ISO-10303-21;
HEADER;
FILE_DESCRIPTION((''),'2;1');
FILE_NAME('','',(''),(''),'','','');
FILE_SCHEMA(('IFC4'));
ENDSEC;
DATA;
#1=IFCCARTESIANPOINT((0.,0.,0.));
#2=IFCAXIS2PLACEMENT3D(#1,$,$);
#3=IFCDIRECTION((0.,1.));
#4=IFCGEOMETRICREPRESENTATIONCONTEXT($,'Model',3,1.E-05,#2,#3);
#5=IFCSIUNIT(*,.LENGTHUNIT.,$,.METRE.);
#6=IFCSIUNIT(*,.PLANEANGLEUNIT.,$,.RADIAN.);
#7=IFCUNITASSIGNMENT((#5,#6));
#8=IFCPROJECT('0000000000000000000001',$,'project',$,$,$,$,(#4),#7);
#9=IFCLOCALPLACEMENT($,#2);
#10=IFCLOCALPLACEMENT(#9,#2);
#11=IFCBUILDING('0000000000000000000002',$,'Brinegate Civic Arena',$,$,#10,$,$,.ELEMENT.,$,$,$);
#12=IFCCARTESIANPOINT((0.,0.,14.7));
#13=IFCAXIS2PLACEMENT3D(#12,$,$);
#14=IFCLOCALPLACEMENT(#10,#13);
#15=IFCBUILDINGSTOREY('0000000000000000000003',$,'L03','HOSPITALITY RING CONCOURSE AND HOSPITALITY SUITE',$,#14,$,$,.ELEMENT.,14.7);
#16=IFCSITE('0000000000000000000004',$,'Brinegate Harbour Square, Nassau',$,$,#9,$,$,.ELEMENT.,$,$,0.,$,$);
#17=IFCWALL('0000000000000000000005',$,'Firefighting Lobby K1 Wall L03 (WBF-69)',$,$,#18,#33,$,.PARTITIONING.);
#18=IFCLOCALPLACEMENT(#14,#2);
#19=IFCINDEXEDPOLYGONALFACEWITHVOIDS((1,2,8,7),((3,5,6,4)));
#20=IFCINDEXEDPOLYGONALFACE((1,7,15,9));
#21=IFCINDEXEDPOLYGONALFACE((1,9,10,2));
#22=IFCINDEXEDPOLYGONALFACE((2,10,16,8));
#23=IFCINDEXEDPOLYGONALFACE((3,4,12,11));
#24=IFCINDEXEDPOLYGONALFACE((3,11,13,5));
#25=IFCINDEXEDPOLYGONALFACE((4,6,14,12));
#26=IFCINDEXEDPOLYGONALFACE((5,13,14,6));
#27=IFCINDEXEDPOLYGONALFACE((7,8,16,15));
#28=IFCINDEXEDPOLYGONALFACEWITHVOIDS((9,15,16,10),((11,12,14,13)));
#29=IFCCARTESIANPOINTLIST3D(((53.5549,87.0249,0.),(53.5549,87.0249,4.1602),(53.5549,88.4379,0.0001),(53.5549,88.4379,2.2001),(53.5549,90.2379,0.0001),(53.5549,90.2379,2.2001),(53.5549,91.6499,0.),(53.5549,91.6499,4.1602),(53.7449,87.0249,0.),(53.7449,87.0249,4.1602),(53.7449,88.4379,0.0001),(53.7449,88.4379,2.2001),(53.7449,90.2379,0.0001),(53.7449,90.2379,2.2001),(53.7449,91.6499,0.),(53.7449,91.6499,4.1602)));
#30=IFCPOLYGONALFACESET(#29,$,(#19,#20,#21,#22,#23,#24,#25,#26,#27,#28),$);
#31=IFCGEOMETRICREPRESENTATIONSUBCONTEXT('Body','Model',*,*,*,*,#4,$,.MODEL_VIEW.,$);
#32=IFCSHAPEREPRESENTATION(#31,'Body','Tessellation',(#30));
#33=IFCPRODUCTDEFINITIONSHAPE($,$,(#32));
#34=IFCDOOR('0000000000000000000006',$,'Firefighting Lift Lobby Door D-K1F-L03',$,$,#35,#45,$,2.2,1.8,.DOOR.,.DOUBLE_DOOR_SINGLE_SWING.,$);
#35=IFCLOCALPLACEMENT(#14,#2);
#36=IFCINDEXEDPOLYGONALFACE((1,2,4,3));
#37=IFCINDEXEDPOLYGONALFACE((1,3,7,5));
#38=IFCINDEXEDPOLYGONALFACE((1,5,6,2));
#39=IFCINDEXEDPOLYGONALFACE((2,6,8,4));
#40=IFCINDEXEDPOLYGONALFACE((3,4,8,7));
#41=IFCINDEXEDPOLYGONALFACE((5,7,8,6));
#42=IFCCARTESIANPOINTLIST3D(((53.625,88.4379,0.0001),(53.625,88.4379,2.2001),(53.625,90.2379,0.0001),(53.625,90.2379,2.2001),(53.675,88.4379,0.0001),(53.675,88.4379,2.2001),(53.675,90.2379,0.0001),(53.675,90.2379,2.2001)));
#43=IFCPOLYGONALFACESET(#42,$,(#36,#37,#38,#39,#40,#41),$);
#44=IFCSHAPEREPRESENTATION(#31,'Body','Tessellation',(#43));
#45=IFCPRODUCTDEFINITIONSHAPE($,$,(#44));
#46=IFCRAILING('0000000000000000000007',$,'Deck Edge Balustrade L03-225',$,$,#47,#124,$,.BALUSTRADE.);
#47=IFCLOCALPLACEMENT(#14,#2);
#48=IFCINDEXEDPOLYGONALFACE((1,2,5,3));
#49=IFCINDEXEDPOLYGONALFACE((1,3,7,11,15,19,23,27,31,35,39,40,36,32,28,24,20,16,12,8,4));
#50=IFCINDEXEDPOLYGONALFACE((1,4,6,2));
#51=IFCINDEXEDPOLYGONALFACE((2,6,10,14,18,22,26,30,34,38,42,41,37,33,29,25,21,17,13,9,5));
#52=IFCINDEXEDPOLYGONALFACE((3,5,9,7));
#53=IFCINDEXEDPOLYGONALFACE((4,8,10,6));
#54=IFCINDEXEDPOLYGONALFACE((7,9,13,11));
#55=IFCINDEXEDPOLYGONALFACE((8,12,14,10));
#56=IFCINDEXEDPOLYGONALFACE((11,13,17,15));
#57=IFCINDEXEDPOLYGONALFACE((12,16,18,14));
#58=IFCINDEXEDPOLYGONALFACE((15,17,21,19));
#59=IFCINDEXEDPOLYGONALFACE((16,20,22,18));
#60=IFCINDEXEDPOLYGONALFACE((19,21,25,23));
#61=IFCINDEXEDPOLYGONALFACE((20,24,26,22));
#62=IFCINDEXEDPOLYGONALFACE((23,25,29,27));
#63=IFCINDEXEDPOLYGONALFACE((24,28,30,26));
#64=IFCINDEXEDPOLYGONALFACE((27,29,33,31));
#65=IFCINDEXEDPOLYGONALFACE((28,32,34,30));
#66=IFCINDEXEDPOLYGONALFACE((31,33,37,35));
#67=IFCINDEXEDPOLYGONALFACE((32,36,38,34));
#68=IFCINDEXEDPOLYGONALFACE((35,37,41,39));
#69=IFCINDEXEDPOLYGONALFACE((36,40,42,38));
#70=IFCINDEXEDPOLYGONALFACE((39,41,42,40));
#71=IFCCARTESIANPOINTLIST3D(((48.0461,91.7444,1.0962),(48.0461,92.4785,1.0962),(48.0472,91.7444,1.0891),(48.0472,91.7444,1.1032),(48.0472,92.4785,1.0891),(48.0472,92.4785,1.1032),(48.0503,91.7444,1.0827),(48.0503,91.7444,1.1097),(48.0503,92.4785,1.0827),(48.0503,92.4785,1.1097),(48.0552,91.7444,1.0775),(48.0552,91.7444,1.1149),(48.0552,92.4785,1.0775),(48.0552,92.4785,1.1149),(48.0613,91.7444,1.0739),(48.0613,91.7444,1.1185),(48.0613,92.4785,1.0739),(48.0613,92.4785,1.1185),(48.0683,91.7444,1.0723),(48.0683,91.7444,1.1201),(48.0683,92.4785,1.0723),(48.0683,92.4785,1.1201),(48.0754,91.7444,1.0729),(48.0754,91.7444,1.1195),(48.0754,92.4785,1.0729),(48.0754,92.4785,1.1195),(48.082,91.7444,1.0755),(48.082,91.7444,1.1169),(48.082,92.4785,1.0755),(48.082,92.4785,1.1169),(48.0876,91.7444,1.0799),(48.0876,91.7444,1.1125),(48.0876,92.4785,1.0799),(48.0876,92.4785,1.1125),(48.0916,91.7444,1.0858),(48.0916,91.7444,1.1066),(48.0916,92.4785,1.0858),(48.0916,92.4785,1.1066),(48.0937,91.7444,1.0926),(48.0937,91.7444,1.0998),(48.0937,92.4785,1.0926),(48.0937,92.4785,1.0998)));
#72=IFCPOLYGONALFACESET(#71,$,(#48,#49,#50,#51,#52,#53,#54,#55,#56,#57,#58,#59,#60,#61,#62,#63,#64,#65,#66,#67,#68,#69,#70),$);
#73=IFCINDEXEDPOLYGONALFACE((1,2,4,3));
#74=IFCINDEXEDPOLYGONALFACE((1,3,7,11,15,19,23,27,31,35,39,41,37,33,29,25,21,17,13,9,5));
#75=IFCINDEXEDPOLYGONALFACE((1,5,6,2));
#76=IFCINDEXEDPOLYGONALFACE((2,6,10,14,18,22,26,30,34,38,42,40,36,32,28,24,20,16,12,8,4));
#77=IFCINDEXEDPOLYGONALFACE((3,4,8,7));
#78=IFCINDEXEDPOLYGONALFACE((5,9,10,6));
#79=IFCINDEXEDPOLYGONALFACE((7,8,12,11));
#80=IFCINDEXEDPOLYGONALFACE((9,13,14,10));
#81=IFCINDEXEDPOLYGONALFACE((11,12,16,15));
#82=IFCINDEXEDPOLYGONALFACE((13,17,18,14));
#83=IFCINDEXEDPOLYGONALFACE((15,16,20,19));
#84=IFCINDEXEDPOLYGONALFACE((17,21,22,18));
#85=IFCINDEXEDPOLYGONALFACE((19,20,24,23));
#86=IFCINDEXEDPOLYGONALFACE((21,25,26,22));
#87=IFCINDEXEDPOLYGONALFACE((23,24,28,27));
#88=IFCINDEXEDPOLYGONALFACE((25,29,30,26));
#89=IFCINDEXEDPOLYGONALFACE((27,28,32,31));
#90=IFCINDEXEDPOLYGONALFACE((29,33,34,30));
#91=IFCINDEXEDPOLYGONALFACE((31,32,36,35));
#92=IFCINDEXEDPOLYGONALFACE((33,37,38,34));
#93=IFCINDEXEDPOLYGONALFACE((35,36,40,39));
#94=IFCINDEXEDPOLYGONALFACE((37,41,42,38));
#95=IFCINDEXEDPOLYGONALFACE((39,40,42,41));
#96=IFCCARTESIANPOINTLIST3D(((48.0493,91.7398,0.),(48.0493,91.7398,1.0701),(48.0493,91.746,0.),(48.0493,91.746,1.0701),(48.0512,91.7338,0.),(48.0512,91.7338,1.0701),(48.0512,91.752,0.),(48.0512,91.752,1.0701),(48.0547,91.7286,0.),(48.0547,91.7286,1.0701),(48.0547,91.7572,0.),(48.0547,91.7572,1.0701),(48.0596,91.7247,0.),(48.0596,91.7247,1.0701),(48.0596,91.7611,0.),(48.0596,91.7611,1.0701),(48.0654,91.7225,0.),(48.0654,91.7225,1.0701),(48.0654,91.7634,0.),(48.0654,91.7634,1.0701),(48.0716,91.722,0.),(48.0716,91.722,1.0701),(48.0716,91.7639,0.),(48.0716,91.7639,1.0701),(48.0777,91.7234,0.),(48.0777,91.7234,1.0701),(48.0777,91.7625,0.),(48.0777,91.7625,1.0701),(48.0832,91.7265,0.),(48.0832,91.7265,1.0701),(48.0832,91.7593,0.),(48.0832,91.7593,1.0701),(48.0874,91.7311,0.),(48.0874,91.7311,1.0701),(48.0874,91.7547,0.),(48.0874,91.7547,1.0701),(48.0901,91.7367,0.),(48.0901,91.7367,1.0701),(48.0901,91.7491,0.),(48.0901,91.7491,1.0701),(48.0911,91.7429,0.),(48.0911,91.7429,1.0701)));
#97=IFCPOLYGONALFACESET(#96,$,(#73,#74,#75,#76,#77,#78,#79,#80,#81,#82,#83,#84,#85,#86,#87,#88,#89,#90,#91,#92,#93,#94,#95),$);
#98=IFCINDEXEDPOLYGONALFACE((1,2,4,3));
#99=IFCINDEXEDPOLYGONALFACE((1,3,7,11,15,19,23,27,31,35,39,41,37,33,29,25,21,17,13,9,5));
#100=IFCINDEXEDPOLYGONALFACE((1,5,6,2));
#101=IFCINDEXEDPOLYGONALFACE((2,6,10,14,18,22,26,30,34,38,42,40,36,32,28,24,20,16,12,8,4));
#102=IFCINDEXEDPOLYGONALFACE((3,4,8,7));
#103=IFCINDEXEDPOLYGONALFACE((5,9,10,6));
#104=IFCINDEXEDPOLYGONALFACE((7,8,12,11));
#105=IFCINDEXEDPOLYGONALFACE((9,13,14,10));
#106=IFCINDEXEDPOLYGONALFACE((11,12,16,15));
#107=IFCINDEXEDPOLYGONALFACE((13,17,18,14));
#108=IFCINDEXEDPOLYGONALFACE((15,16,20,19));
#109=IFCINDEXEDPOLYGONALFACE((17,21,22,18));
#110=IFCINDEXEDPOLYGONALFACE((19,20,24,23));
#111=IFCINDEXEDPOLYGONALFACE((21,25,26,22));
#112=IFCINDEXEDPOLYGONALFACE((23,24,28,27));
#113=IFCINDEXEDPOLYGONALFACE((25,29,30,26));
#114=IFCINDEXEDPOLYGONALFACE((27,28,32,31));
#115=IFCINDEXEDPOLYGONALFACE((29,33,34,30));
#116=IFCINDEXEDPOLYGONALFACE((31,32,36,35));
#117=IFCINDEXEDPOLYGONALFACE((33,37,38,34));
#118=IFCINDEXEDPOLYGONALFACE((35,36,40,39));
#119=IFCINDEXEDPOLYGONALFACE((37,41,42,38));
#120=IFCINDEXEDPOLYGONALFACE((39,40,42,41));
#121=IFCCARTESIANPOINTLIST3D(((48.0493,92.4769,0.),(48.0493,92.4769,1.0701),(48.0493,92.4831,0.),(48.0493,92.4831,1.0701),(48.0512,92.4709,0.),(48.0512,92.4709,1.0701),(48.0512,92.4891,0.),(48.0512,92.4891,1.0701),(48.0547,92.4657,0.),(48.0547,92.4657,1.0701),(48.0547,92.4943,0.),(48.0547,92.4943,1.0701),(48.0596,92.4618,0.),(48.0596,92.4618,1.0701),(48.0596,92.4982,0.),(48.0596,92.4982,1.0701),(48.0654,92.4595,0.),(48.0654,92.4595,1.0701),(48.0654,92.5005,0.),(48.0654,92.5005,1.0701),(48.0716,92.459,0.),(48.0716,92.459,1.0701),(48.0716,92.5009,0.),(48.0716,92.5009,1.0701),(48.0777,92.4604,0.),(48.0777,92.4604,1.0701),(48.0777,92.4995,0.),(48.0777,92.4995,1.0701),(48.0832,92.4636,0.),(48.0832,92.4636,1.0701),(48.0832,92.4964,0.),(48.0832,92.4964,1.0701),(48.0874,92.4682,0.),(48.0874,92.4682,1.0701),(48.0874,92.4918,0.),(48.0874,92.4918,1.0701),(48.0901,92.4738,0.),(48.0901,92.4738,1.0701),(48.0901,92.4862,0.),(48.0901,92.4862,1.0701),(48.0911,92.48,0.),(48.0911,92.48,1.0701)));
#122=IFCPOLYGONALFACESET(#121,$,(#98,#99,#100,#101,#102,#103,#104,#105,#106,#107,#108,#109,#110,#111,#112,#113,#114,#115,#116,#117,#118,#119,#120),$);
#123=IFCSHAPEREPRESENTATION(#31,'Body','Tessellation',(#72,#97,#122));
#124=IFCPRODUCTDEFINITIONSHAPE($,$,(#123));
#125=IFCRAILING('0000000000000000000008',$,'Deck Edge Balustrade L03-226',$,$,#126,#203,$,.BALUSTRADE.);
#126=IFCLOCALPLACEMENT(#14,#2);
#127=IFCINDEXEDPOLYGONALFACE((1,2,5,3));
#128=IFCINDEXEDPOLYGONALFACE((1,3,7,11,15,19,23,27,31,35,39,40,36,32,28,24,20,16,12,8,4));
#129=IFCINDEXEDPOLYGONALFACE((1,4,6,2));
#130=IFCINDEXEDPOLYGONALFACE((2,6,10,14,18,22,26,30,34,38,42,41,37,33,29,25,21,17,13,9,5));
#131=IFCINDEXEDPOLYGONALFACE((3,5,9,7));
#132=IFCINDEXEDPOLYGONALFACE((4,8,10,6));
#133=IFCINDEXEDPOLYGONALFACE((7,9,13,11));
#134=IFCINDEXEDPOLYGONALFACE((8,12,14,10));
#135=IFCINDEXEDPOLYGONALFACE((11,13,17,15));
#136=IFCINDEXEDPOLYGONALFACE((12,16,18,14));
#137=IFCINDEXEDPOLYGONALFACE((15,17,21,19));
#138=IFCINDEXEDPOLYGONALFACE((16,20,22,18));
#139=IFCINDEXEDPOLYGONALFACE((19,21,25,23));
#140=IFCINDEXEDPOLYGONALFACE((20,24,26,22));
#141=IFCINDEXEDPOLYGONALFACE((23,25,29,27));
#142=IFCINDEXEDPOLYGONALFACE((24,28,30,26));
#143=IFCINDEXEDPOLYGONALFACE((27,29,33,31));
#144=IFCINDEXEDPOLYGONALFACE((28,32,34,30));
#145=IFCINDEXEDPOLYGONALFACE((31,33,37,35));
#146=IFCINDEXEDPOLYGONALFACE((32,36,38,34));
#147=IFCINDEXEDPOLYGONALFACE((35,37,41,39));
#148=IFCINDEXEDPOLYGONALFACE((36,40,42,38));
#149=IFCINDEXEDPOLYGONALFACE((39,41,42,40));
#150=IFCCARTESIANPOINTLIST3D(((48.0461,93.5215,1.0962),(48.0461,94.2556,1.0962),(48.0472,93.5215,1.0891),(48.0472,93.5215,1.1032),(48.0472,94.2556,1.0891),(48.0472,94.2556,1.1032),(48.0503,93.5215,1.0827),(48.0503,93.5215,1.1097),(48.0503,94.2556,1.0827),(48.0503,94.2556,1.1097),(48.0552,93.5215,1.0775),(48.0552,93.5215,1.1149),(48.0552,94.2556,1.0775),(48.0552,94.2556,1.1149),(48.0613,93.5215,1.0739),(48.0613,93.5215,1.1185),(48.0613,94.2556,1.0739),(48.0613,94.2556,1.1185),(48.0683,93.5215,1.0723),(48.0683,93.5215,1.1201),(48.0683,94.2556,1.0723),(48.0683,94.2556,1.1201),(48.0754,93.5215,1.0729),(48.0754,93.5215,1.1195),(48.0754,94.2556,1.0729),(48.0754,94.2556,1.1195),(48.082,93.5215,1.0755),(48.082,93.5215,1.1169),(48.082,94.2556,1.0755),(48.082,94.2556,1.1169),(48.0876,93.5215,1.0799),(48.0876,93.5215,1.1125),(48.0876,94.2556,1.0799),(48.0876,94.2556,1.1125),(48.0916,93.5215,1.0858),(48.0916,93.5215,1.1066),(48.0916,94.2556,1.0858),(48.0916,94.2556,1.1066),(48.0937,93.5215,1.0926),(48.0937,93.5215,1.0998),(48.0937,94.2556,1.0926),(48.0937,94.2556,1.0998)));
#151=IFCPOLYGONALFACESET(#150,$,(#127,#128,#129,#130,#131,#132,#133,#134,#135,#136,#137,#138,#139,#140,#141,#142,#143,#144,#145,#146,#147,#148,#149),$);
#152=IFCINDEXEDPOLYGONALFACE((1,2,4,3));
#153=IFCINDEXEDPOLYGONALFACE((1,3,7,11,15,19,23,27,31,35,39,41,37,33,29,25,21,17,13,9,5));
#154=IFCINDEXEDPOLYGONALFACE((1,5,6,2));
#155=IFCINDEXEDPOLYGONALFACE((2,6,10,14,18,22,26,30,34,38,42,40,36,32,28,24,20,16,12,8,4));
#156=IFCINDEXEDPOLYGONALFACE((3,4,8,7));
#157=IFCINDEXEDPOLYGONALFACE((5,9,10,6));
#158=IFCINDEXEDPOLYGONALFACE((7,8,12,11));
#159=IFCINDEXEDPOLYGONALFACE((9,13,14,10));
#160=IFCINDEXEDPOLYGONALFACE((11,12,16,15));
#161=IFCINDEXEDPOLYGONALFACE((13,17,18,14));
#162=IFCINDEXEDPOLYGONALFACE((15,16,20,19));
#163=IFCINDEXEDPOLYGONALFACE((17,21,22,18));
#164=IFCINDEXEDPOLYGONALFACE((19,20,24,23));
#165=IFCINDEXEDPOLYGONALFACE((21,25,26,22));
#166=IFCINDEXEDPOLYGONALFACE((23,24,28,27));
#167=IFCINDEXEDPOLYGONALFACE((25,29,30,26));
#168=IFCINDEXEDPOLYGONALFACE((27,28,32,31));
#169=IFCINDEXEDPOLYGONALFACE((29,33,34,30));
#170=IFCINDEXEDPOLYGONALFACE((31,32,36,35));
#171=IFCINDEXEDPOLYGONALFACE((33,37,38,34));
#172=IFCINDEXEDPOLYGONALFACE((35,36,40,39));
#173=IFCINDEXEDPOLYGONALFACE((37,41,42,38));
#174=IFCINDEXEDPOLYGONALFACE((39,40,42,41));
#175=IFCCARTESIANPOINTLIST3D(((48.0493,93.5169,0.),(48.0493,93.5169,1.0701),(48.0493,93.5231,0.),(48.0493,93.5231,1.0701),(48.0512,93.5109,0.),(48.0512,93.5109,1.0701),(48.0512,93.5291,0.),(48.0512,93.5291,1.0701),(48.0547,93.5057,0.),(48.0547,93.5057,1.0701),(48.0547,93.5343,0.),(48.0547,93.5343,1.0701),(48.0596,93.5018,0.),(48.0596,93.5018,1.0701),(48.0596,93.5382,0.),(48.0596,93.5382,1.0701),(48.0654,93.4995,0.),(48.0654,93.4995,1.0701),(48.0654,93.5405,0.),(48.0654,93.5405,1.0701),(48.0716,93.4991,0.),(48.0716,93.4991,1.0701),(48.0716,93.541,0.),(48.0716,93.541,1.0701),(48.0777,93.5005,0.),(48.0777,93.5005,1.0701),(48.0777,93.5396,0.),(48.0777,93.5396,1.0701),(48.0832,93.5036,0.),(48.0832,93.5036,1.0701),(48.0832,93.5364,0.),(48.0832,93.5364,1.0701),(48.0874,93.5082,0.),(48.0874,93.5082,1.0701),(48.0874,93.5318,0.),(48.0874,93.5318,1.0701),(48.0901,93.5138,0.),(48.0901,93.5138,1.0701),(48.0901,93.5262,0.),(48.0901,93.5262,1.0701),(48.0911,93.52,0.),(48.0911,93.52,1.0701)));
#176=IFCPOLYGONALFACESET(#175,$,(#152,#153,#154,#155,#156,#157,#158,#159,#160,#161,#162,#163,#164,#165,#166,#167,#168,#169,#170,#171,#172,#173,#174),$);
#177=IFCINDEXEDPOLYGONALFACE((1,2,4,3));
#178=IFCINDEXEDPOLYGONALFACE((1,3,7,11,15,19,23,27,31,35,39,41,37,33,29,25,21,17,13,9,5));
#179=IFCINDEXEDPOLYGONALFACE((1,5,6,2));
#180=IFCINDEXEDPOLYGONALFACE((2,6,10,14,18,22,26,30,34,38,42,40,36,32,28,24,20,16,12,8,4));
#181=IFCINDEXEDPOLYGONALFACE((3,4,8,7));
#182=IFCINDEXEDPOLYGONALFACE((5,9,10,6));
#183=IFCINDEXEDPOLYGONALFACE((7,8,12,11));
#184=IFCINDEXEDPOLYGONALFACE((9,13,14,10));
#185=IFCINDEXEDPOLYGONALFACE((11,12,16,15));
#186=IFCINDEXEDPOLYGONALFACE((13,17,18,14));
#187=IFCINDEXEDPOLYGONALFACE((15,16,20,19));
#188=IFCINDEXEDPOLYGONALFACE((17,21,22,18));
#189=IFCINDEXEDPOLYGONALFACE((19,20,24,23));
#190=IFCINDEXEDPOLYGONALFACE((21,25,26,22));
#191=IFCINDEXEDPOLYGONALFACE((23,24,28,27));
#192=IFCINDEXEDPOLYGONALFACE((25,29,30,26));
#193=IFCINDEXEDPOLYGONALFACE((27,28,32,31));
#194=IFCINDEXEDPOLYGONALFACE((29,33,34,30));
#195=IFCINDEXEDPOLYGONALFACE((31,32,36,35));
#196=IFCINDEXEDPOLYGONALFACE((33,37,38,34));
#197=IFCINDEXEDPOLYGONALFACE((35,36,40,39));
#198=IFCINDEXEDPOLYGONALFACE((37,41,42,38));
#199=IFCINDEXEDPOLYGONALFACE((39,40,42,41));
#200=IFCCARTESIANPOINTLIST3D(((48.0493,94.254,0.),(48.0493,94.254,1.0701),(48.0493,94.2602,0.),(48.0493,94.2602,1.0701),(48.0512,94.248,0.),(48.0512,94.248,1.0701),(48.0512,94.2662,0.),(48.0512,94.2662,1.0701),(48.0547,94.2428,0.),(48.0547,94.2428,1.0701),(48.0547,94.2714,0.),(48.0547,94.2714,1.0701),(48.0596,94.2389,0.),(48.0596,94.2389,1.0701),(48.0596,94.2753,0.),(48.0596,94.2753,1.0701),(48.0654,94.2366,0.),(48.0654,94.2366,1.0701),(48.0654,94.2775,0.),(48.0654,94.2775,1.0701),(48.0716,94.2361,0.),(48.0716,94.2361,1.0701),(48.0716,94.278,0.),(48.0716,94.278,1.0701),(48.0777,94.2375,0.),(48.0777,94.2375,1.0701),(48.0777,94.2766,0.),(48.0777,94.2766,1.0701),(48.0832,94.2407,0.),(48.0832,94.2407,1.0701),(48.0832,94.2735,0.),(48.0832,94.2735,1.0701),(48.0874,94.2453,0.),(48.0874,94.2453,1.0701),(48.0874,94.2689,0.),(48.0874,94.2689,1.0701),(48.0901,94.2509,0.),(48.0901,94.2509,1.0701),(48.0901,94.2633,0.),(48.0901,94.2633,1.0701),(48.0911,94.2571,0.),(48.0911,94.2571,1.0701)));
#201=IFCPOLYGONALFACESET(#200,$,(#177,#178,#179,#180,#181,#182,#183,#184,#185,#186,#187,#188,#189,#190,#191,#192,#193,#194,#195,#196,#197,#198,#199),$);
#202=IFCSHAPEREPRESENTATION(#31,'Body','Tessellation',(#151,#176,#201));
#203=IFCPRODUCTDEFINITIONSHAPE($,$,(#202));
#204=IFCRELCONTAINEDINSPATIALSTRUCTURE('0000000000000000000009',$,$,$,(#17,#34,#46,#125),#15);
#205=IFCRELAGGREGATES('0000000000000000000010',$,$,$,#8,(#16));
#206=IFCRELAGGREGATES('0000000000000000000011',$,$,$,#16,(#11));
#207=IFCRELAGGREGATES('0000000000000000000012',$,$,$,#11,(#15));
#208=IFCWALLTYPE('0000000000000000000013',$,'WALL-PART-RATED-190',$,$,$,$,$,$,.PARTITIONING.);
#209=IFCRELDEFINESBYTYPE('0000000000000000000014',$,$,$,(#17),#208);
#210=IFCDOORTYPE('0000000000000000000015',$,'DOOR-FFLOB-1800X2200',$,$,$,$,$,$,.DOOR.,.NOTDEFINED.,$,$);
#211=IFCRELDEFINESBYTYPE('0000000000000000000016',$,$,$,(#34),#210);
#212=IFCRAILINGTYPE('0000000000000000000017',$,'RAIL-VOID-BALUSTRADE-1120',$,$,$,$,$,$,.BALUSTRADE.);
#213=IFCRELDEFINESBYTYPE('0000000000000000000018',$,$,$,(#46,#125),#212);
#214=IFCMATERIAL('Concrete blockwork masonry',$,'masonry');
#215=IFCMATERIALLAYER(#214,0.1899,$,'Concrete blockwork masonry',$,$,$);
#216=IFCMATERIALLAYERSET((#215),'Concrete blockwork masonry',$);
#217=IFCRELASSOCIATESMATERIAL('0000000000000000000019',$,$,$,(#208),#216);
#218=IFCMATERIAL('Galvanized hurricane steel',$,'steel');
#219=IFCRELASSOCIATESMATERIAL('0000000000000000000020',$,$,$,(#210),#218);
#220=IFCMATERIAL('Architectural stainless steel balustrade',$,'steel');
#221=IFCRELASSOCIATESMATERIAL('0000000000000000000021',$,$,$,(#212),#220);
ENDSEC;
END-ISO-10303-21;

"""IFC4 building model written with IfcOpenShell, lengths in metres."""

from ifc_helpers import new_model, si_unit, direction, frame, frame_2d, origin, origin_2d, place, context, subcontext, project, spatial, rectangle, circle, extrude, material, layer, layer_set, type_object, element, fill, save


model = new_model("IFC4")

# Units and contexts
model_context = context("Model", 3, precision=1e-05, world=origin(), true_north=direction((0.0, 1.0)))
body_context = subcontext(model_context, "Body", "Model", "MODEL_VIEW")
ifc_project = project(units=[si_unit("LENGTHUNIT", "METRE"), si_unit("PLANEANGLEUNIT", "RADIAN")], contexts=[model_context])

# Site, building, storey
site_placement = place(None, origin())
site = spatial("IfcSite", under=ifc_project, at=site_placement, Name="Brinegate Harbour Square, Nassau", CompositionType="ELEMENT", RefElevation=0.0)
building_placement = place(site_placement, origin())
building = spatial("IfcBuilding", under=site, at=building_placement, Name="Brinegate Civic Arena", CompositionType="ELEMENT")
storey_placement = place(building_placement, frame((0.0, 0.0, 14.7)))
storey = spatial("IfcBuildingStorey", under=building, at=storey_placement, Name="L03", Description="HOSPITALITY RING CONCOURSE AND HOSPITALITY SUITE", CompositionType="ELEMENT", Elevation=14.7)

# Wall, opening, door
ifc_material_1 = material(Name="Concrete blockwork masonry", Category="masonry")
ifc_layer_1 = layer(ifc_material_1, 0.1899, Name="Concrete blockwork masonry")
ifc_layer_set_1 = layer_set([ifc_layer_1], Name="Concrete blockwork masonry")
wall_type = type_object("IfcWallType", Name="WALL-PART-RATED-190", PredefinedType="PARTITIONING", material=ifc_layer_set_1)
wall_1_placement = place(storey_placement, frame((53.6499, 87.0249, 0.0), z_axis=(0.0, 0.0, 1.0), x_axis=(0.0, 1.0, 0.0)))
wall_1 = element("IfcWall", 1, at=wall_1_placement, inside=storey, type_object=wall_type, Name="Firefighting Lobby K1 Wall L03 (WBF-69)", PredefinedType="PARTITIONING", context=body_context, shape_type="SweptSolid", body=[
    extrude(rectangle(XDim=4.625, YDim=0.1899, at=frame_2d((2.3125, 0.0))), origin(), (0.0, 0.0, 1.0), 4.1602),
])
opening_1_placement = place(wall_1_placement, frame((1.4131, 0.0, 0.0)))
opening_1 = element("IfcOpeningElement", 2, at=opening_1_placement, cuts=wall_1, PredefinedType="OPENING", context=body_context, shape_type="SweptSolid", body=[
    extrude(rectangle(XDim=1.8, YDim=2.2, at=frame_2d((0.8999, 1.1001))), frame((0.0, 0.105, 0.0), z_axis=(0.0, -1.0, 0.0), x_axis=(1.0, 0.0, 0.0)), (0.0, 0.0, 1.0), 0.21),
])
ifc_material_2 = material(Name="Galvanized hurricane steel", Category="steel")
door_type_1 = type_object("IfcDoorType", Name="DOOR-FFLOB-1800X2200", OperationType="NOTDEFINED", PredefinedType="DOOR", material=ifc_material_2)
door_1_placement = place(opening_1_placement, origin())
door_1 = element("IfcDoor", 3, at=door_1_placement, inside=storey, type_object=door_type_1, Name="Firefighting Lift Lobby Door D-K1F-L03", OperationType="DOUBLE_DOOR_SINGLE_SWING", OverallHeight=2.2, OverallWidth=1.8, PredefinedType="DOOR", context=body_context, shape_type="SweptSolid", body=[
    extrude(rectangle(XDim=1.8, YDim=2.2, at=frame_2d((0.8999, 1.1001))), frame((0.0, 0.0249, 0.0), z_axis=(0.0, -1.0, 0.0), x_axis=(1.0, 0.0, 0.0)), (0.0, 0.0, 1.0), 0.05),
])
fill(opening_1, door_1)

# Railings
ifc_material_3 = material(Name="Architectural stainless steel balustrade", Category="steel")
railing_type = type_object("IfcRailingType", Name="RAIL-VOID-BALUSTRADE-1120", PredefinedType="BALUSTRADE", material=ifc_material_3)
for number, where, name in (
    (4, (48.0701, 91.7429, 0.0), "Deck Edge Balustrade L03-225"),
    (5, (48.0701, 93.52, 0.0), "Deck Edge Balustrade L03-226"),
):
    element("IfcRailing", number, at=place(storey_placement, frame(where)), inside=storey, type_object=railing_type, Name=name, PredefinedType="BALUSTRADE", context=body_context, shape_type="SweptSolid", body=[
        extrude(circle(Radius=0.0239, at=origin_2d()), frame((0.0, 0.0015, 1.0962), z_axis=(0.0, 1.0, 0.0), x_axis=(-1.0, 0.0, 0.0)), (0.0, 0.0, 1.0), 0.7341),
        extrude(circle(Radius=0.021, at=origin_2d()), origin(), (0.0, 0.0, 1.0), 1.0701),
        extrude(circle(Radius=0.021, at=origin_2d()), frame((0.0, 0.7371, 0.0)), (0.0, 0.0, 1.0), 1.0701),
    ])

save(model, "model.ifc")
